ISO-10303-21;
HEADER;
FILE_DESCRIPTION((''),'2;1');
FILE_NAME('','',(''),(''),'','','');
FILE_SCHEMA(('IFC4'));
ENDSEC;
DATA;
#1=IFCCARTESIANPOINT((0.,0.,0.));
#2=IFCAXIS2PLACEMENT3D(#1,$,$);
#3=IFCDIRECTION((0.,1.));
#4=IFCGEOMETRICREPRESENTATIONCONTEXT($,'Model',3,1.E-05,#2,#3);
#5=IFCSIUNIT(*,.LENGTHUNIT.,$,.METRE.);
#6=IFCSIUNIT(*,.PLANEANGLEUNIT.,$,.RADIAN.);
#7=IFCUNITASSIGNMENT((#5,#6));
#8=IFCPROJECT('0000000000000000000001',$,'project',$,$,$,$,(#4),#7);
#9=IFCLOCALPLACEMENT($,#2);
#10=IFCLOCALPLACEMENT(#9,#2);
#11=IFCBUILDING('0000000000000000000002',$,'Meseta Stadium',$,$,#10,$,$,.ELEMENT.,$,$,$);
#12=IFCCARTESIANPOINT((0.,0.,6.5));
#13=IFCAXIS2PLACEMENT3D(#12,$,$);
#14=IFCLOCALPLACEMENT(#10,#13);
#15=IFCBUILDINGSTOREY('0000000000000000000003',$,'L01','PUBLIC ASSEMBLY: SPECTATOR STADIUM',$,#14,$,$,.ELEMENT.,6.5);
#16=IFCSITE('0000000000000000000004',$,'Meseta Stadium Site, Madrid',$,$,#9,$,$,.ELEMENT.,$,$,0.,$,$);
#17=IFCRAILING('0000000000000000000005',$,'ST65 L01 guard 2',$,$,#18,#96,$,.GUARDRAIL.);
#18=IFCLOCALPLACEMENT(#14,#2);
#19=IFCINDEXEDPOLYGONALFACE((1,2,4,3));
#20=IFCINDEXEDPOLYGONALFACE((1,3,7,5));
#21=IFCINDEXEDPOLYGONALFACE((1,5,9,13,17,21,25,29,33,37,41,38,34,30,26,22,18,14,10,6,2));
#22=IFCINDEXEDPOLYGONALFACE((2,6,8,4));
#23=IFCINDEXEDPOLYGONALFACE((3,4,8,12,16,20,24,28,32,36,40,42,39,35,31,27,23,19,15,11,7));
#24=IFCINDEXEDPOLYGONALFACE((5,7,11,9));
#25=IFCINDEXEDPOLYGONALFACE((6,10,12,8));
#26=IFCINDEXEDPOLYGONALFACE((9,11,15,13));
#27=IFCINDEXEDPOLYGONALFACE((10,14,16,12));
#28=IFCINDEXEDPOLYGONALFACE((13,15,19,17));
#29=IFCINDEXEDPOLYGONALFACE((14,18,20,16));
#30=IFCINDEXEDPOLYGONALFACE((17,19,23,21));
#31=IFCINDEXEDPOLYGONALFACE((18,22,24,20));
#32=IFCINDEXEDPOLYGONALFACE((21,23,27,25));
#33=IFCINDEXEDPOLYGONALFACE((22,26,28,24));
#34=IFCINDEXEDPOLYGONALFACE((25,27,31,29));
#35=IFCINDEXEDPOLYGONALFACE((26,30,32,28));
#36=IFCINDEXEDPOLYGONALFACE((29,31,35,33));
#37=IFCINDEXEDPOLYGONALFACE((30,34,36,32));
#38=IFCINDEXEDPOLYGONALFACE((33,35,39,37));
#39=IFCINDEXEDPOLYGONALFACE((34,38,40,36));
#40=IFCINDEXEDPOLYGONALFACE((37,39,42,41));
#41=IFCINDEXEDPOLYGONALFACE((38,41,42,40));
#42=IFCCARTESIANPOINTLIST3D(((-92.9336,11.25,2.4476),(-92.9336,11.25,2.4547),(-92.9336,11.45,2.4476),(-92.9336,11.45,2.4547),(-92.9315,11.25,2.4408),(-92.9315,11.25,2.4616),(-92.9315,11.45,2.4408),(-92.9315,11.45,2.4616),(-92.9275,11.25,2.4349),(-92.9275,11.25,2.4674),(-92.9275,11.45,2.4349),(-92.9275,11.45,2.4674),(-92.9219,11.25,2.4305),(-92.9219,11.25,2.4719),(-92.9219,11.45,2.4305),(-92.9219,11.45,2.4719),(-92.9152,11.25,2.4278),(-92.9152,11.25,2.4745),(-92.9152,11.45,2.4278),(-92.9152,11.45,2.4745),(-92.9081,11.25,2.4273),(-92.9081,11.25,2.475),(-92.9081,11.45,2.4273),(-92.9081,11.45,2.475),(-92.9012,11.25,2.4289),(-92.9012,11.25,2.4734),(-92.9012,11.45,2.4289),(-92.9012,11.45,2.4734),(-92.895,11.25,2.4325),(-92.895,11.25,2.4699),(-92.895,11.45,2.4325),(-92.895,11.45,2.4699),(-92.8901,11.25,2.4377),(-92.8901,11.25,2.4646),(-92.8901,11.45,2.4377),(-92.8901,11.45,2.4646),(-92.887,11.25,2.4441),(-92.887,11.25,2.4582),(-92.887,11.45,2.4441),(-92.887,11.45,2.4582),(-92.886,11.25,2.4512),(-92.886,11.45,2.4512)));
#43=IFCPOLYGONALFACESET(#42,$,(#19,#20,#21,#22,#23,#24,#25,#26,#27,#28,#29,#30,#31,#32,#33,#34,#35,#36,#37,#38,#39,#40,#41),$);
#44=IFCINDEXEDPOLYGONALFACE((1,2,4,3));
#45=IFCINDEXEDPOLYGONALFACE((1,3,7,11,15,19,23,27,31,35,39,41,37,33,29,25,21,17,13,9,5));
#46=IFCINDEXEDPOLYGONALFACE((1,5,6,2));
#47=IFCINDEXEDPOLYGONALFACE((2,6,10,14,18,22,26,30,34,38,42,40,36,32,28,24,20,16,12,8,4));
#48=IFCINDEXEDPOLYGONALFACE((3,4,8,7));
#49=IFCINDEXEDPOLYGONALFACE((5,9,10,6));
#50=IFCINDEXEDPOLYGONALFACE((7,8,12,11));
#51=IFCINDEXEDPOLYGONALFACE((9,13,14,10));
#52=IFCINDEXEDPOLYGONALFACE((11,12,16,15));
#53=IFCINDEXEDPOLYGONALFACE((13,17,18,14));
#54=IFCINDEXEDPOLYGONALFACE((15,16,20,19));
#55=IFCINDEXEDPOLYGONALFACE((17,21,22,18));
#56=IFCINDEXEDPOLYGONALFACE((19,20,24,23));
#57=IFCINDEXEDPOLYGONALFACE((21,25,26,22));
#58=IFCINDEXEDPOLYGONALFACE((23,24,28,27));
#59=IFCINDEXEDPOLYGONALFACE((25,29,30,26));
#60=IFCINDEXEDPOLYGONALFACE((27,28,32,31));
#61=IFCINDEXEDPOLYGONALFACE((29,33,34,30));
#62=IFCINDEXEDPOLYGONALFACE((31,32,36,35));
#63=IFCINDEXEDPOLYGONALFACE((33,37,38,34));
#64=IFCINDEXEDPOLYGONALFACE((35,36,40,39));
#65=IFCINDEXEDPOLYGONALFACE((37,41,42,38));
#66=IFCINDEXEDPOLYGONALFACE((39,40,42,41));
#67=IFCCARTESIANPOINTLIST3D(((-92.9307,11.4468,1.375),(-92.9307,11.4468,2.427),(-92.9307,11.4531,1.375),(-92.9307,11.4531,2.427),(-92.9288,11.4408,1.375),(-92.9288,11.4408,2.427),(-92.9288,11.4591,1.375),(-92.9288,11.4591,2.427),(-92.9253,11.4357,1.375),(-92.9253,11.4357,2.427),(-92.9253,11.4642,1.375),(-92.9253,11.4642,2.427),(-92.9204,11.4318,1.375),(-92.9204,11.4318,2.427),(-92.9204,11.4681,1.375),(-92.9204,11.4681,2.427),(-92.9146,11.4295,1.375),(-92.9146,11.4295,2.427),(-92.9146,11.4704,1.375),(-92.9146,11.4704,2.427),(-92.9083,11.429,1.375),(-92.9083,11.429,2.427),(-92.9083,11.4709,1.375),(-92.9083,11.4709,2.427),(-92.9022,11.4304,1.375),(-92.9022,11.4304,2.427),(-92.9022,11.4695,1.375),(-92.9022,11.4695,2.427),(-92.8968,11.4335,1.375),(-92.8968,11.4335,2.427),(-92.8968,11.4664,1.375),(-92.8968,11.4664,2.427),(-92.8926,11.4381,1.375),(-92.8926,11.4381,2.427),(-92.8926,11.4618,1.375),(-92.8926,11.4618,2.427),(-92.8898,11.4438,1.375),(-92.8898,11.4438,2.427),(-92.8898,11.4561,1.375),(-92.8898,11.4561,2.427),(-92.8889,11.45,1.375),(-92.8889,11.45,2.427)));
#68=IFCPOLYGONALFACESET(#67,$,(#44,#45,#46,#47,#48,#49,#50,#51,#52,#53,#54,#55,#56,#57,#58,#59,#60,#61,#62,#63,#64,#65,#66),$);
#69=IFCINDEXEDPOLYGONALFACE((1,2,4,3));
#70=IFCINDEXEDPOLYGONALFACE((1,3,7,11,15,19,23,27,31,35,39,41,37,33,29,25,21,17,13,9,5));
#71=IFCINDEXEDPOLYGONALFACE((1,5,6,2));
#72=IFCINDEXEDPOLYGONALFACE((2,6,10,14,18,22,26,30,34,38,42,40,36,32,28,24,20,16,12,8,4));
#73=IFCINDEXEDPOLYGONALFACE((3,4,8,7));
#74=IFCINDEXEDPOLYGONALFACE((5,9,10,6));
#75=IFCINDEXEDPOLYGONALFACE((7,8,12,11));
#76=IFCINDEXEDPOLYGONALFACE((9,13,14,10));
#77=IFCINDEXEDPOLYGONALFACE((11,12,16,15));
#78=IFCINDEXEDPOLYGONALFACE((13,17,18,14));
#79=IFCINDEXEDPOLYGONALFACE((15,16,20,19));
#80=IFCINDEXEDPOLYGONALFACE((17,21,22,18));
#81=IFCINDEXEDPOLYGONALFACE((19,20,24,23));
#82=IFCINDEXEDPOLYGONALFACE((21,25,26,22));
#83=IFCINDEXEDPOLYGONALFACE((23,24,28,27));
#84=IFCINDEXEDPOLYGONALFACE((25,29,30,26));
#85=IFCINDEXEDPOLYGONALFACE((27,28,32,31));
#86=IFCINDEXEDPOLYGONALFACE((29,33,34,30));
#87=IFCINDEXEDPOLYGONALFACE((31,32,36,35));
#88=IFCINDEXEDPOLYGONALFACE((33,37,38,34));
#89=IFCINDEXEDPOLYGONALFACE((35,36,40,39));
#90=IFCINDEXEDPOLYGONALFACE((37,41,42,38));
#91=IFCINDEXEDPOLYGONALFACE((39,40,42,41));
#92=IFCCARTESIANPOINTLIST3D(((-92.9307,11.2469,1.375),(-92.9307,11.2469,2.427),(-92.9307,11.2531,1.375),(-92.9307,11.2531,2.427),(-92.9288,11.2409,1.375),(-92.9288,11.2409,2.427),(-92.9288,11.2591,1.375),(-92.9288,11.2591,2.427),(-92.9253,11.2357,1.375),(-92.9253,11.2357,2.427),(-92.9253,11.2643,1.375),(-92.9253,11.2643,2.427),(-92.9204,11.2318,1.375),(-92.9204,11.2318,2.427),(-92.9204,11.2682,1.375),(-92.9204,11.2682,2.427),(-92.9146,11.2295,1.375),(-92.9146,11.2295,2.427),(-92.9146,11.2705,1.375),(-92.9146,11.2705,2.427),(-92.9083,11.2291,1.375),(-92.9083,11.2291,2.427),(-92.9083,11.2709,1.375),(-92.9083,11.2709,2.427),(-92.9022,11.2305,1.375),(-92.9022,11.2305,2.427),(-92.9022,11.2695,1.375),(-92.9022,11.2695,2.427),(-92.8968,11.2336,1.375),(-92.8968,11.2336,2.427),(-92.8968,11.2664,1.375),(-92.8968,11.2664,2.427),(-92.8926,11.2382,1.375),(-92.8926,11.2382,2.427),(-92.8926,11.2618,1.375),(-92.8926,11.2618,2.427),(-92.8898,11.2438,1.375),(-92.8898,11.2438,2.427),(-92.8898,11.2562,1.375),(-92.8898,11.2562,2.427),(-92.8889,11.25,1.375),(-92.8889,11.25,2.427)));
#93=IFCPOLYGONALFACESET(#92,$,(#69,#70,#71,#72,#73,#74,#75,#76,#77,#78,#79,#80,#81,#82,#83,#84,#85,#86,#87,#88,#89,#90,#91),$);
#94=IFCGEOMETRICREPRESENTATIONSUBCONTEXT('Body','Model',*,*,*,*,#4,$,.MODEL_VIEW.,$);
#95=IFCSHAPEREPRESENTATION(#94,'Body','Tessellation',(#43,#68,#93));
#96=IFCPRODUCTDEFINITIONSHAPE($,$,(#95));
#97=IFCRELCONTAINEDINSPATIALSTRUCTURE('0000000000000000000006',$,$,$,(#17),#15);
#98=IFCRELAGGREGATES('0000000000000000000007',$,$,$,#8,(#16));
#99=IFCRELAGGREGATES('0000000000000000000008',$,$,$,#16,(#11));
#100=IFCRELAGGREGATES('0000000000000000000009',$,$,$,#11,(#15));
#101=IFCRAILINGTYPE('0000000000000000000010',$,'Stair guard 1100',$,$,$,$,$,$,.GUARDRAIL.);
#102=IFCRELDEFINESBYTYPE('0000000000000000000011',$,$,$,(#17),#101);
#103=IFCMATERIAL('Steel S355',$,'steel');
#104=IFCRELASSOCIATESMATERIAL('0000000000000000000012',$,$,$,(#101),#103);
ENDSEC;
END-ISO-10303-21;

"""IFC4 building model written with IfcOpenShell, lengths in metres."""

from ifc_helpers import new_model, si_unit, direction, frame, origin, origin_2d, place, context, subcontext, project, spatial, circle, extrude, material, type_object, element, save


model = new_model("IFC4")

# Units and contexts
model_context = context("Model", 3, precision=1e-05, world=origin(), true_north=direction((0.0, 1.0)))
body_context = subcontext(model_context, "Body", "Model", "MODEL_VIEW")
ifc_project = project(units=[si_unit("LENGTHUNIT", "METRE"), si_unit("PLANEANGLEUNIT", "RADIAN")], contexts=[model_context])

# Site, building, storey
site_placement = place(None, origin())
site = spatial("IfcSite", under=ifc_project, at=site_placement, Name="Meseta Stadium Site, Madrid", CompositionType="ELEMENT", RefElevation=0.0)
building_placement = place(site_placement, origin())
building = spatial("IfcBuilding", under=site, at=building_placement, Name="Meseta Stadium", CompositionType="ELEMENT")
storey_placement = place(building_placement, frame((0.0, 0.0, 6.5)))
storey = spatial("IfcBuildingStorey", under=building, at=storey_placement, Name="L01", Description="PUBLIC ASSEMBLY: SPECTATOR STADIUM", CompositionType="ELEMENT", Elevation=6.5)

# Railing
ifc_material_1 = material(Name="Steel S355", Category="steel")
railing_type_1 = type_object("IfcRailingType", Name="Stair guard 1100", PredefinedType="GUARDRAIL", material=ifc_material_1)
railing_1_placement = place(storey_placement, frame((-92.9099, 11.45, 1.375)))
element("IfcRailing", 1, at=railing_1_placement, inside=storey, type_object=railing_type_1, Name="ST65 L01 guard 2", PredefinedType="GUARDRAIL", context=body_context, shape_type="SweptSolid", body=[
    extrude(circle(Radius=0.0239, at=origin_2d()), frame((0.0, 0.0, 1.0762), z_axis=(0.0, -1.0, 0.0), x_axis=(1.0, 0.0, 0.0)), (0.0, 0.0, 1.0), 0.2),
    extrude(circle(Radius=0.021, at=origin_2d()), origin(), (0.0, 0.0, 1.0), 1.052),
    extrude(circle(Radius=0.021, at=origin_2d()), frame((0.0, -0.2, 0.0)), (0.0, 0.0, 1.0), 1.052),
])

save(model, "model.ifc")
